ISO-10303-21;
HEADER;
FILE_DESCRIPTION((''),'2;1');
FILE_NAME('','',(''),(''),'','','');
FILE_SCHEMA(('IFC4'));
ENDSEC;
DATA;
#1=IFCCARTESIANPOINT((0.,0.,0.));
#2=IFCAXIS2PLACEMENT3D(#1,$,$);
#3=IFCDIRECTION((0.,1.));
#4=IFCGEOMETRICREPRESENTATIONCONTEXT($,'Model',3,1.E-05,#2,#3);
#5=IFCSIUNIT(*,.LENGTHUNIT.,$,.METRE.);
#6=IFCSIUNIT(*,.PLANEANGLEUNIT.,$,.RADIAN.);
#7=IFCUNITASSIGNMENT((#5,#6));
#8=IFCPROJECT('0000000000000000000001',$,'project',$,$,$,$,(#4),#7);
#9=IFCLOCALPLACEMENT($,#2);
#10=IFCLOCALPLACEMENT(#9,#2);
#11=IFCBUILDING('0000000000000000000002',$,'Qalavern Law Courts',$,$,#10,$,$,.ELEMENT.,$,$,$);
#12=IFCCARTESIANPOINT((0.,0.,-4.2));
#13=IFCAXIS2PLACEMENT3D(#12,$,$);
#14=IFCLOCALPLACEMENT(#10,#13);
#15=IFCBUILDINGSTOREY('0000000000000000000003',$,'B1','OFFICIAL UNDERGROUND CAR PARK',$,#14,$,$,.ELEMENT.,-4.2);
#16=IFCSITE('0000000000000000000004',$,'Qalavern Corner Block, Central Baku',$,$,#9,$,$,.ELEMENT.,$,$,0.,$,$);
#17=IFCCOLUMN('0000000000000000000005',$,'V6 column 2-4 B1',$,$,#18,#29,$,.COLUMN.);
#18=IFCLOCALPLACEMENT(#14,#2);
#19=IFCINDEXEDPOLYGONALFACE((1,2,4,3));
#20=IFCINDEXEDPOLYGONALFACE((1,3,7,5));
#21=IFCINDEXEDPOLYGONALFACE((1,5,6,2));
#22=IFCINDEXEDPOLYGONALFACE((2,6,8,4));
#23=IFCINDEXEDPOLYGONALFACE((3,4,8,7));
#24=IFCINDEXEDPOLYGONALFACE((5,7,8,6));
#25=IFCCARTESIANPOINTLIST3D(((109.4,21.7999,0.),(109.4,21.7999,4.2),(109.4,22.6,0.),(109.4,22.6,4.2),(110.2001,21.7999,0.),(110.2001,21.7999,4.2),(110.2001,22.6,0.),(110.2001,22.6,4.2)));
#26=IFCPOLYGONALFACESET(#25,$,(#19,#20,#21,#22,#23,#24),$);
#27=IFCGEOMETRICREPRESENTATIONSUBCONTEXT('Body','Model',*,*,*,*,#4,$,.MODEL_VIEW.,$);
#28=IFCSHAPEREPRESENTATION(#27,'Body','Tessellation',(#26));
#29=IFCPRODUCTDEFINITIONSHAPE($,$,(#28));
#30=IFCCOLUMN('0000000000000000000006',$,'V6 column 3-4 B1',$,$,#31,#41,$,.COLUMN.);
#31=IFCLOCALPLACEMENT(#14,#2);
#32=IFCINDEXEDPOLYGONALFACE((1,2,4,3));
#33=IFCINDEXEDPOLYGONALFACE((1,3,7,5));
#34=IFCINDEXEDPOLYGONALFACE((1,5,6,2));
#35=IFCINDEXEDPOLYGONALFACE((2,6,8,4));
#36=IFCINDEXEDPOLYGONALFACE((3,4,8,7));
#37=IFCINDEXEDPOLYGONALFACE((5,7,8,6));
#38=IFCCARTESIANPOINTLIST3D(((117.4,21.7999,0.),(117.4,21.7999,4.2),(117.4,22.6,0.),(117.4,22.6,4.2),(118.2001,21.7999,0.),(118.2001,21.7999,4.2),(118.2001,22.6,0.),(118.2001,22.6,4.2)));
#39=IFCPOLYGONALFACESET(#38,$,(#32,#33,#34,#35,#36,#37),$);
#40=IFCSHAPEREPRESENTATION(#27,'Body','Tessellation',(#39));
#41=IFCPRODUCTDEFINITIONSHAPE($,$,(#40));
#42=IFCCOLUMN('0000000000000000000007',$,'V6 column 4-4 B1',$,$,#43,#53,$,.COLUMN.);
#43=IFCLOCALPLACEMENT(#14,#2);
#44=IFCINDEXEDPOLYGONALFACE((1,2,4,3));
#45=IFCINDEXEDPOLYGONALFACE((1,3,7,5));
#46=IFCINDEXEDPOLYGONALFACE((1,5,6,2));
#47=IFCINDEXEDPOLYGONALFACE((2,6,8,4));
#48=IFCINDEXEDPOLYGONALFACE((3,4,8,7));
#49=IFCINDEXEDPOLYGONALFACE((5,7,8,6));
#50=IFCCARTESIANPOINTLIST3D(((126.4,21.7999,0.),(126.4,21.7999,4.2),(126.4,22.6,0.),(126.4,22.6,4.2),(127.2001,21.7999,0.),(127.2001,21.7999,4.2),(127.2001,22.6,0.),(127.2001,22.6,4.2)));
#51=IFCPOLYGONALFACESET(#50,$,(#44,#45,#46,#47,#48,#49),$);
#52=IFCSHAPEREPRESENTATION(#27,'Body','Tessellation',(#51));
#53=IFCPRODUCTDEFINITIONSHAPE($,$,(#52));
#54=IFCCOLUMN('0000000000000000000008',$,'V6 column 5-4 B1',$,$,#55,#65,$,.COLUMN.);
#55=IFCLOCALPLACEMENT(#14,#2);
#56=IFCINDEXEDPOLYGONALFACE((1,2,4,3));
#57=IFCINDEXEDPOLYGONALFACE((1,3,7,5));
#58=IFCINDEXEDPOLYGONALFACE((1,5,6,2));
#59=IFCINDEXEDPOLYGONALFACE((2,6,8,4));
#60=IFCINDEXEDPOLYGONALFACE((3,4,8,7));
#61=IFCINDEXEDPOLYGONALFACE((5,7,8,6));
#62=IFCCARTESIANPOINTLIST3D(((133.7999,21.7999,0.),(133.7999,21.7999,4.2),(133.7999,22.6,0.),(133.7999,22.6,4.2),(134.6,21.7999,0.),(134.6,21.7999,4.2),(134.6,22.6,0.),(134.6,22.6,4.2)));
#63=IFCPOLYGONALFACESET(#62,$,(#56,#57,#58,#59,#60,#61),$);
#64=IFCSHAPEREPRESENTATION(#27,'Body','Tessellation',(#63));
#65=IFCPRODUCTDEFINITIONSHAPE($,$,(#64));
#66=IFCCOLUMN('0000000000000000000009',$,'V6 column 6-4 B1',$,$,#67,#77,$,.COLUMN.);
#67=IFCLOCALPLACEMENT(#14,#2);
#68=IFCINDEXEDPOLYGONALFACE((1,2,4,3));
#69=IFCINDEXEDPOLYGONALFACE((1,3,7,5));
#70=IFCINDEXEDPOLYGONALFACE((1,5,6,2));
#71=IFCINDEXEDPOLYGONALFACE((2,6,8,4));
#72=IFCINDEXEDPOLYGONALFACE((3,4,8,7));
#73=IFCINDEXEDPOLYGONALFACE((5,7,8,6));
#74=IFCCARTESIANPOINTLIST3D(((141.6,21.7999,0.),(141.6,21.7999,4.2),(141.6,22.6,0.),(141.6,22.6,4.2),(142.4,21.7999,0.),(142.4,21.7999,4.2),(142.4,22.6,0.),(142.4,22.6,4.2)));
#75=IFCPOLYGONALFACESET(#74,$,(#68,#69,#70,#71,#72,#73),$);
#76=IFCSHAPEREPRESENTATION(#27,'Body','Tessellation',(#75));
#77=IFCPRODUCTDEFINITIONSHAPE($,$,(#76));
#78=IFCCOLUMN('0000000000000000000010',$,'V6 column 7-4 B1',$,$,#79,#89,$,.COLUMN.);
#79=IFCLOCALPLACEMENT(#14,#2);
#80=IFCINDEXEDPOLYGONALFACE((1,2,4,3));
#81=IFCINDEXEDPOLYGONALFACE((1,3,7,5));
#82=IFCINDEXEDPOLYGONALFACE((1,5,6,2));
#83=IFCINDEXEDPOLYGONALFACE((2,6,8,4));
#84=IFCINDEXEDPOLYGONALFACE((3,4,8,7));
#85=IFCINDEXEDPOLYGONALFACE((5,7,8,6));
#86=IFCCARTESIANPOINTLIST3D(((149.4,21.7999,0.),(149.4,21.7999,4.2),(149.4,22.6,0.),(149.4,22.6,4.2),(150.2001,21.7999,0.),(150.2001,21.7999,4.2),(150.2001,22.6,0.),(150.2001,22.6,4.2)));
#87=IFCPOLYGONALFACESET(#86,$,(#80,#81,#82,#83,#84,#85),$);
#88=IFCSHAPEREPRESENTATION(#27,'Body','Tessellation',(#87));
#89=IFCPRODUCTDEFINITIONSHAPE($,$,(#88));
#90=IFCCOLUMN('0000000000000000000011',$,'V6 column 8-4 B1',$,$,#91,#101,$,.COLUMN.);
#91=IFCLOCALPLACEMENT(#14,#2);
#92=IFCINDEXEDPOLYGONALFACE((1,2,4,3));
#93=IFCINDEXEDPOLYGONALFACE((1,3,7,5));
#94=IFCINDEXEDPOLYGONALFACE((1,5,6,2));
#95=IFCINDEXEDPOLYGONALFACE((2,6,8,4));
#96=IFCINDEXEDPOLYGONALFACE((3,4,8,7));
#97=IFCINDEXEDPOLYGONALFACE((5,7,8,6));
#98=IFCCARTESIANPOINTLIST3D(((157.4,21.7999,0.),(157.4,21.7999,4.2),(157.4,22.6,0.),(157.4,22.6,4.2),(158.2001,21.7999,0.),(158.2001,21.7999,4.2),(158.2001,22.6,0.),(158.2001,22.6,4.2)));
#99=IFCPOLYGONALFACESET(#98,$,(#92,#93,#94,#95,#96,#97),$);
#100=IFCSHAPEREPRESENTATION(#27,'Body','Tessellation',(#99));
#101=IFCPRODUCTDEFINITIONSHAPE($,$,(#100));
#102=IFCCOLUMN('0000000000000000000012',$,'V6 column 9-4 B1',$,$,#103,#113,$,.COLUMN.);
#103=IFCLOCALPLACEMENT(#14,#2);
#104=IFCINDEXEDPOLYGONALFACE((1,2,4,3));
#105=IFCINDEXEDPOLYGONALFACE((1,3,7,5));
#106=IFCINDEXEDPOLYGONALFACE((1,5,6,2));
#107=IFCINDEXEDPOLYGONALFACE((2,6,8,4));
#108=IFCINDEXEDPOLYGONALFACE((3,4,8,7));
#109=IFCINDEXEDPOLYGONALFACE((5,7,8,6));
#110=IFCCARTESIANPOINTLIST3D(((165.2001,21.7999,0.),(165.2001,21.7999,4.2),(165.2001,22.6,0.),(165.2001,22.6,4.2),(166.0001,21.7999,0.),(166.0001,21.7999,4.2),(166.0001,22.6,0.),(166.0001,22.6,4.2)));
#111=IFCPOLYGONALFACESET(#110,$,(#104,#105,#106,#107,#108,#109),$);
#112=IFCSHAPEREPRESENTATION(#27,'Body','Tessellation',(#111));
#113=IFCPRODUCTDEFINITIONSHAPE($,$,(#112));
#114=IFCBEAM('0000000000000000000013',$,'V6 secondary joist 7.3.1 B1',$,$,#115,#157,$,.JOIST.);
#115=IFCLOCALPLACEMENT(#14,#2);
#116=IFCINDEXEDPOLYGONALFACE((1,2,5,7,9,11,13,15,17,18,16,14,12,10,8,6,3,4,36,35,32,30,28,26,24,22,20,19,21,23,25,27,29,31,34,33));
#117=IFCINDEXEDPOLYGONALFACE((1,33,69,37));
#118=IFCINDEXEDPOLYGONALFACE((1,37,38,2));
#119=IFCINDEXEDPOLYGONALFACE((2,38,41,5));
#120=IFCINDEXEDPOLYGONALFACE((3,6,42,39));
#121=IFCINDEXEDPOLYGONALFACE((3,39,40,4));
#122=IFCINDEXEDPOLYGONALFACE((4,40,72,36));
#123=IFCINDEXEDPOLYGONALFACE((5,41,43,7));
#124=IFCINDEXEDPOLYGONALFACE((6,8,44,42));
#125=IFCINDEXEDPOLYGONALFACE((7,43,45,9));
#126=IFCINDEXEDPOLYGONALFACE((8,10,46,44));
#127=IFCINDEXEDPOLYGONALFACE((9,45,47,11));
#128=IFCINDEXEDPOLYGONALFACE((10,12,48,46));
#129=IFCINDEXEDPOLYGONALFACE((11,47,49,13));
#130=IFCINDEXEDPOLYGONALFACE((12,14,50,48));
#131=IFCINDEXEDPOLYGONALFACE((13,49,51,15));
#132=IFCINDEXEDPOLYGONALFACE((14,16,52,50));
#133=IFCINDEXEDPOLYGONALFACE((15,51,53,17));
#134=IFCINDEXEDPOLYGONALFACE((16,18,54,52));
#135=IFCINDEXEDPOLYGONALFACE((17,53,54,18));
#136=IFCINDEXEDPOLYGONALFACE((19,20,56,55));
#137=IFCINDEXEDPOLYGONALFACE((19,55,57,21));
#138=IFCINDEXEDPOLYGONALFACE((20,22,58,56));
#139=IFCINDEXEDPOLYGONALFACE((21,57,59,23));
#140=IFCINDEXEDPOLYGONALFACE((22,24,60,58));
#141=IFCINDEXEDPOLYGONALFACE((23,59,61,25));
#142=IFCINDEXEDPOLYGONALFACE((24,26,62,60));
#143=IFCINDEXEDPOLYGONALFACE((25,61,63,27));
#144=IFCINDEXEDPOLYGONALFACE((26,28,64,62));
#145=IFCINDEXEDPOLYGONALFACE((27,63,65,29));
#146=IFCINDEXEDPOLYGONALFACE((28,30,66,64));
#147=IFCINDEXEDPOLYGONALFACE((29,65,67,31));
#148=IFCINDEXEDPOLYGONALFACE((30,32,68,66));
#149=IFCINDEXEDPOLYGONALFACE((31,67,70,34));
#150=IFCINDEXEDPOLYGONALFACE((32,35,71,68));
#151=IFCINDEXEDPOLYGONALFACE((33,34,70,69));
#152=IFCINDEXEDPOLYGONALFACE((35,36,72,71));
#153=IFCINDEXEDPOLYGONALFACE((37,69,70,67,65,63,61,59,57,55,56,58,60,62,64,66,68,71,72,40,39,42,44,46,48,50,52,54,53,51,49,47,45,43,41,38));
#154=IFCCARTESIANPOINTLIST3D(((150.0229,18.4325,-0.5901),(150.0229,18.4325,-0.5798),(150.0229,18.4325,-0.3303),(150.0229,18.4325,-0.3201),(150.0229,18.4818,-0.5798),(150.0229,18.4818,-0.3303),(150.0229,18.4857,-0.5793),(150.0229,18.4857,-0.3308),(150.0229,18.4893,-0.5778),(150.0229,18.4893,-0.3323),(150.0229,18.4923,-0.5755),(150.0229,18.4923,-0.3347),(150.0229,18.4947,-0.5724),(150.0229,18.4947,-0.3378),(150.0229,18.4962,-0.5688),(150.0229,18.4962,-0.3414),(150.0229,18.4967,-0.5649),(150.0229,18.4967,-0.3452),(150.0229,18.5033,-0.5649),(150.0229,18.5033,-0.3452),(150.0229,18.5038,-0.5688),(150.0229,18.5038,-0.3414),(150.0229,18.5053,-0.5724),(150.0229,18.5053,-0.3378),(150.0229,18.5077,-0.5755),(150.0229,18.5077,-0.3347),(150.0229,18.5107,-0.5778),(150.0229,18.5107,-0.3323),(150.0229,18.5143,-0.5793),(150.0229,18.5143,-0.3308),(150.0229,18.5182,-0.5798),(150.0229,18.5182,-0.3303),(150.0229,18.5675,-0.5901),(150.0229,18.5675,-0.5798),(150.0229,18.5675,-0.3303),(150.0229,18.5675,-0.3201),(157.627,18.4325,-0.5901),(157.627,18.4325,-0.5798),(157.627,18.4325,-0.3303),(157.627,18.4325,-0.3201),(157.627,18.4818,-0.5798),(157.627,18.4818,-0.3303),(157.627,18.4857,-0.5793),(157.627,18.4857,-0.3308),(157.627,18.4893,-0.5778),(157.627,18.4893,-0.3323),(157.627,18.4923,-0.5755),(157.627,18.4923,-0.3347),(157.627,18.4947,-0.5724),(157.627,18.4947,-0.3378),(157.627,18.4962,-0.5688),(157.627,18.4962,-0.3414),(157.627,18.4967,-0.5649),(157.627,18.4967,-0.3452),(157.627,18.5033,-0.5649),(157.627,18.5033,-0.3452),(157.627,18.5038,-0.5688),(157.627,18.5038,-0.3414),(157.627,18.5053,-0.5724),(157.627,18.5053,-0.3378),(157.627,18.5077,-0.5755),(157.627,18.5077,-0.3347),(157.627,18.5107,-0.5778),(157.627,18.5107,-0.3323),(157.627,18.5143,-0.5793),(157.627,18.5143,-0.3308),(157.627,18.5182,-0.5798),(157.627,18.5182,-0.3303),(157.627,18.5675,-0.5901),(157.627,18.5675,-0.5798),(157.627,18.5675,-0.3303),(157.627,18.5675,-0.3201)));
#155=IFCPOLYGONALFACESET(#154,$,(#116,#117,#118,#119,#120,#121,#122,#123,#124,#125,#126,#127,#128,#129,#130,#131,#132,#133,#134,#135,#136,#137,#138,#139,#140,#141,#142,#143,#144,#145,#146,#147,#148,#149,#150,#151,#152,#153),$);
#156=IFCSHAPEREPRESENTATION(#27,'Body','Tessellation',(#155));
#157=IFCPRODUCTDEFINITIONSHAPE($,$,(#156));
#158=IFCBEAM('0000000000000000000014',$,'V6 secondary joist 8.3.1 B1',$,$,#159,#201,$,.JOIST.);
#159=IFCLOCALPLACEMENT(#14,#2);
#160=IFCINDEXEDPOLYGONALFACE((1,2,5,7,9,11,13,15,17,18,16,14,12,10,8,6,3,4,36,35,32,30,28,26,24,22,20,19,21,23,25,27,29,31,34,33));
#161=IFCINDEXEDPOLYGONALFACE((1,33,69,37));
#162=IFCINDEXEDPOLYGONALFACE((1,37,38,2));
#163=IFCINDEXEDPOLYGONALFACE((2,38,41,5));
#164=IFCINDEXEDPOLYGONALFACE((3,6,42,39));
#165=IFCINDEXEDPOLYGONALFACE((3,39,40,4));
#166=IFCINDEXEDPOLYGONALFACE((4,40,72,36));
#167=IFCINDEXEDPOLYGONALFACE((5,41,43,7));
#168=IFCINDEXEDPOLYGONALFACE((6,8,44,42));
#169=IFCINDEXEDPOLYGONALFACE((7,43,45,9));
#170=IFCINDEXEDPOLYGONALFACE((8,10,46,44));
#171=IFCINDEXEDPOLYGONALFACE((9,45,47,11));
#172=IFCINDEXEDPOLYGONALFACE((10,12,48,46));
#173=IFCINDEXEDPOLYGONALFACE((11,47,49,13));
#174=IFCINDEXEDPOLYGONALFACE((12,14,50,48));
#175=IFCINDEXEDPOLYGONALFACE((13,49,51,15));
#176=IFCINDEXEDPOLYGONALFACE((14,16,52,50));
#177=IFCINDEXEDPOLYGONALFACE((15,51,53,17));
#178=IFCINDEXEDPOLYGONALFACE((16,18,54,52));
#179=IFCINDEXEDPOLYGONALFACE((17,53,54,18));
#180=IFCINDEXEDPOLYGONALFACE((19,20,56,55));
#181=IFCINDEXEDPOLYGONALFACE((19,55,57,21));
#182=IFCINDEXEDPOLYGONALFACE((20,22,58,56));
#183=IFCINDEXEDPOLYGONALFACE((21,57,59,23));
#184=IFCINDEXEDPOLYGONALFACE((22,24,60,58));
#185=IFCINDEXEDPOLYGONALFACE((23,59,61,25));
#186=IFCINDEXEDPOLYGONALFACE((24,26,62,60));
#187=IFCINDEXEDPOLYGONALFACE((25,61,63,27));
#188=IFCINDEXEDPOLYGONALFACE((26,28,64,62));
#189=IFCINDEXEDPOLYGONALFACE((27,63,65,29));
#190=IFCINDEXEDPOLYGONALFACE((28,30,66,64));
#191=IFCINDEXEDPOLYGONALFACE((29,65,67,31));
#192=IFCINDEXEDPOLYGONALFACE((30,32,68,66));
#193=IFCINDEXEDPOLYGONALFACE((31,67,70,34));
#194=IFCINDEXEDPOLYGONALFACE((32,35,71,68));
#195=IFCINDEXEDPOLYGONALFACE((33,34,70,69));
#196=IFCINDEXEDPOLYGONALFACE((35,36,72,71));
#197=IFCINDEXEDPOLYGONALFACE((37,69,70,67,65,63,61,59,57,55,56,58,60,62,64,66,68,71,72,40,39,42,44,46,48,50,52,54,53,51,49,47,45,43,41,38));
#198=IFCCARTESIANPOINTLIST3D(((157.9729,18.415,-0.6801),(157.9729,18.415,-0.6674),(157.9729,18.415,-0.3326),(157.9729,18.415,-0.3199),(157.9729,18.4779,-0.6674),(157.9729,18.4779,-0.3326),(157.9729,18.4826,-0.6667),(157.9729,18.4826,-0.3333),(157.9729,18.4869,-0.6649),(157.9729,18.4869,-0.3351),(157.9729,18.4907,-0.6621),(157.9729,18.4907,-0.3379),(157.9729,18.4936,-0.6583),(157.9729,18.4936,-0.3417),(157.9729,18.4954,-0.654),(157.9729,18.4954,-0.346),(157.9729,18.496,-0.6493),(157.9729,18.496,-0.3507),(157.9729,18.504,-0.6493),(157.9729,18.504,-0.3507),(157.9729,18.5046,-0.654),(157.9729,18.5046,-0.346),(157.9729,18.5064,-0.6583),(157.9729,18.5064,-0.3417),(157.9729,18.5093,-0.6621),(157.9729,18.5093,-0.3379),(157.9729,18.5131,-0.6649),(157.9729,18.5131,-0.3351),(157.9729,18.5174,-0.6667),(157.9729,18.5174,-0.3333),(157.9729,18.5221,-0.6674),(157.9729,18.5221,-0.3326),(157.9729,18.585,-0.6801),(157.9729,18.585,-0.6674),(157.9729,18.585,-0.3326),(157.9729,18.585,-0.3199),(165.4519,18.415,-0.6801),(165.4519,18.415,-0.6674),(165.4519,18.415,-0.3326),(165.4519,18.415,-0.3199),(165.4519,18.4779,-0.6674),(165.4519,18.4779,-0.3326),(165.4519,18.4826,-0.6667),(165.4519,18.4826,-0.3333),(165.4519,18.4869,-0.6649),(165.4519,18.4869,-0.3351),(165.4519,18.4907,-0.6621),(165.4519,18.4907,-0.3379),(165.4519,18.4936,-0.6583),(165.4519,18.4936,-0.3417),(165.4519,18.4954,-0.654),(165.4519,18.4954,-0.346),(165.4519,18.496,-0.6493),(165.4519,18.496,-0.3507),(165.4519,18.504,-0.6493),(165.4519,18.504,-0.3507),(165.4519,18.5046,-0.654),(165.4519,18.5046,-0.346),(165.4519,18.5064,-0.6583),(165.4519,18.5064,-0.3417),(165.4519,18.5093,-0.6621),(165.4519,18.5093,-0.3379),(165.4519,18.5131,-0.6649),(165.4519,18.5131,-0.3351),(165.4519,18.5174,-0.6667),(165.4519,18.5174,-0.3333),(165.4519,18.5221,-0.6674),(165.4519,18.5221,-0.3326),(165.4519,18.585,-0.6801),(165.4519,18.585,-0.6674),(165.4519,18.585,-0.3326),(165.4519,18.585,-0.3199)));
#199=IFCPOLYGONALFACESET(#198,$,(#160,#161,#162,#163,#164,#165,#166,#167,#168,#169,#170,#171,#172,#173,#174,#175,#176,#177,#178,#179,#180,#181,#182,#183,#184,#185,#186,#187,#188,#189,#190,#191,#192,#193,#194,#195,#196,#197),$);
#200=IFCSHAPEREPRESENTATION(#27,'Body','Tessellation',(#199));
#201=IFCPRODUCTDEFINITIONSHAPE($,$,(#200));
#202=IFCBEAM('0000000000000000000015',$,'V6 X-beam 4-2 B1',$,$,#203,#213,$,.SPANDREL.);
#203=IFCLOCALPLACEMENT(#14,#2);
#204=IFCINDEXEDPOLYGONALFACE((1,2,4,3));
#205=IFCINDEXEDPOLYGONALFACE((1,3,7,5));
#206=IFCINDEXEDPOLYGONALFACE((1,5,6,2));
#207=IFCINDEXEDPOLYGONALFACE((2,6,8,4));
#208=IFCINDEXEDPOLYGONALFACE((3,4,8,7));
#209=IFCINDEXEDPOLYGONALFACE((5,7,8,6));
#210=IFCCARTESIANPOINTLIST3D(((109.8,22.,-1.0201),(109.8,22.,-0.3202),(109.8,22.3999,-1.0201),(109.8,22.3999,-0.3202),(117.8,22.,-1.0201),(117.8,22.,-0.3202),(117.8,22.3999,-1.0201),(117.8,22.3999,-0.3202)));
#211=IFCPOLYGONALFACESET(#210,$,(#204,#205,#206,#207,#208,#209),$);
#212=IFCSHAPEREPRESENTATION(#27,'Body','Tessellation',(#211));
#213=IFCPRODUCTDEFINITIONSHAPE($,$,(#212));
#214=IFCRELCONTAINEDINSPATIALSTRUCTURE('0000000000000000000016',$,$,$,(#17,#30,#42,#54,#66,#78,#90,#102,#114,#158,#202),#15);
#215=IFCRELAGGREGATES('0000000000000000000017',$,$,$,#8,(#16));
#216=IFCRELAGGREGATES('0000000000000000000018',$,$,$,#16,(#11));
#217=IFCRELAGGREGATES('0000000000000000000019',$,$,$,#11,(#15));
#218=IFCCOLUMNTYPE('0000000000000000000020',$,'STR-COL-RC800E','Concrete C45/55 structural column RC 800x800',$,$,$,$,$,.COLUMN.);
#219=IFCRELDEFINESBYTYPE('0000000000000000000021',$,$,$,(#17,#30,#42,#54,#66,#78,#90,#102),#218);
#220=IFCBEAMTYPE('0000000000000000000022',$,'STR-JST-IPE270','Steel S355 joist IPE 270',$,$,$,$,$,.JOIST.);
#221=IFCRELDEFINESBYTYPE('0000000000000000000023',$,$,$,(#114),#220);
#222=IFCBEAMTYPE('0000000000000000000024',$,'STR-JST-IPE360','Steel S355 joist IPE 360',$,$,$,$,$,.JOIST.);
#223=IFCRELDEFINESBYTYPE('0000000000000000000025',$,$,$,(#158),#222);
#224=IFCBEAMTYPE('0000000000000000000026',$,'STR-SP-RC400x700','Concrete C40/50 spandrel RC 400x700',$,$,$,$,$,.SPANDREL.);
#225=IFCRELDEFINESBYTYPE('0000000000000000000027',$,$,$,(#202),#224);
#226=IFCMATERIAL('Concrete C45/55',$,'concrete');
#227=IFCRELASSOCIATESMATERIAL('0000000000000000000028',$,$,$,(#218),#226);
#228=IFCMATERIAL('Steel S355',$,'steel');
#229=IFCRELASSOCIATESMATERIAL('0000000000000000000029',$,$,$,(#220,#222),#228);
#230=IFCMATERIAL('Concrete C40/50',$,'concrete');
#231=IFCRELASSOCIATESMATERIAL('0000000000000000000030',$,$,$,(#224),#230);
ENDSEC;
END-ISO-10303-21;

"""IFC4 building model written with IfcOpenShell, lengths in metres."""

from ifc_helpers import new_model, si_unit, direction, frame, origin, origin_2d, place, context, subcontext, project, spatial, rectangle, i_section, extrude, material, material_profile, profile_set, type_object, element, save


model = new_model("IFC4")

# Units and contexts
model_context = context("Model", 3, precision=1e-05, world=origin(), true_north=direction((0.0, 1.0)))
body_context = subcontext(model_context, "Body", "Model", "MODEL_VIEW")
ifc_project = project(units=[si_unit("LENGTHUNIT", "METRE"), si_unit("PLANEANGLEUNIT", "RADIAN")], contexts=[model_context])

# Site, building, storey
site_placement = place(None, origin())
site = spatial("IfcSite", under=ifc_project, at=site_placement, Name="Qalavern Corner Block, Central Baku", CompositionType="ELEMENT", RefElevation=0.0)
building_placement = place(site_placement, origin())
building = spatial("IfcBuilding", under=site, at=building_placement, Name="Qalavern Law Courts", CompositionType="ELEMENT")
storey_placement = place(building_placement, frame((0.0, 0.0, -4.2)))
storey = spatial("IfcBuildingStorey", under=building, at=storey_placement, Name="B1", Description="OFFICIAL UNDERGROUND CAR PARK", CompositionType="ELEMENT", Elevation=-4.2)

# Columns
ifc_material_1 = material(Name="Concrete C45/55", Category="concrete")
ifc_material_profile_1 = material_profile(ifc_material_1, rectangle(XDim=0.8, YDim=0.8, at=origin_2d()), Name="RC 800x800")
ifc_profile_set_1 = profile_set([ifc_material_profile_1], Name="Concrete C45/55")
column_type = type_object("IfcColumnType", Name="STR-COL-RC800E", Description="Concrete C45/55 structural column RC 800x800", PredefinedType="COLUMN", material=ifc_profile_set_1)
for number, where, z_axis, x_axis, name in (
    (1, (109.8, 22.2, 0.0), (0.0, 0.0, 1.0), (1.0, 0.0, 0.0), "V6 column 2-4 B1"),
    (2, (117.8, 22.2, 0.0), (0.0, 0.0, 1.0), (1.0, 0.0, 0.0), "V6 column 3-4 B1"),
    (3, (126.8, 22.2, 0.0), (0.0, 0.0, 1.0), (1.0, 0.0, 0.0), "V6 column 4-4 B1"),
    (4, (134.2, 22.2, 0.0), (0.0, 0.0, 1.0), (1.0, 0.0, 0.0), "V6 column 5-4 B1"),
    (5, (142.0, 22.2, 0.0), (0.0, 0.0, 1.0), (1.0, 0.0, 0.0), "V6 column 6-4 B1"),
    (6, (149.8, 22.2, 0.0), (0.0, 0.0, 1.0), (1.0, 0.0, 0.0), "V6 column 7-4 B1"),
    (7, (157.8, 22.2, 0.0), (0.0, 0.0, 1.0), (1.0, 0.0, 0.0), "V6 column 8-4 B1"),
    (8, (165.6001, 22.2, 0.0), (0.0, 0.0, 1.0), (1.0, 0.0, 0.0), "V6 column 9-4 B1"),
):
    element("IfcColumn", number, at=place(storey_placement, frame(where, z_axis=z_axis, x_axis=x_axis)), inside=storey, type_object=column_type, Name=name, PredefinedType="COLUMN", context=body_context, shape_type="SweptSolid", body=[
        extrude(rectangle(XDim=0.8, YDim=0.8, at=origin_2d()), origin(), (0.0, 0.0, 1.0), 4.2),
    ])

# Beams
ifc_material_2 = material(Name="Steel S355", Category="steel")
ifc_material_profile_2 = material_profile(ifc_material_2, i_section(OverallWidth=0.135, OverallDepth=0.27, WebThickness=0.0066, FlangeThickness=0.0103, FilletRadius=0.0149, at=origin_2d()), Name="IPE 270")
ifc_profile_set_2 = profile_set([ifc_material_profile_2], Name="Steel S355")
beam_type_1 = type_object("IfcBeamType", Name="STR-JST-IPE270", Description="Steel S355 joist IPE 270", PredefinedType="JOIST", material=ifc_profile_set_2)
beam_1_placement = place(storey_placement, frame((150.0229, 18.5, -0.4551), z_axis=(1.0, 0.0, 0.0), x_axis=(0.0, 1.0, 0.0)))
element("IfcBeam", 9, at=beam_1_placement, inside=storey, type_object=beam_type_1, Name="V6 secondary joist 7.3.1 B1", PredefinedType="JOIST", context=body_context, shape_type="SweptSolid", body=[
    extrude(i_section(OverallWidth=0.135, OverallDepth=0.27, WebThickness=0.0066, FlangeThickness=0.0103, FilletRadius=0.0149, at=origin_2d()), origin(), (0.0, 0.0, 1.0), 7.604),
])
ifc_material_profile_3 = material_profile(ifc_material_2, i_section(OverallWidth=0.1699, OverallDepth=0.3601, WebThickness=0.0081, FlangeThickness=0.0127, FilletRadius=0.0181, at=origin_2d()), Name="IPE 360")
ifc_profile_set_3 = profile_set([ifc_material_profile_3], Name="Steel S355")
beam_type_2 = type_object("IfcBeamType", Name="STR-JST-IPE360", Description="Steel S355 joist IPE 360", PredefinedType="JOIST", material=ifc_profile_set_3)
beam_2_placement = place(storey_placement, frame((157.9729, 18.5, -0.5), z_axis=(1.0, 0.0, 0.0), x_axis=(0.0, 1.0, 0.0)))
element("IfcBeam", 10, at=beam_2_placement, inside=storey, type_object=beam_type_2, Name="V6 secondary joist 8.3.1 B1", PredefinedType="JOIST", context=body_context, shape_type="SweptSolid", body=[
    extrude(i_section(OverallWidth=0.1699, OverallDepth=0.3601, WebThickness=0.0081, FlangeThickness=0.0127, FilletRadius=0.0181, at=origin_2d()), origin(), (0.0, 0.0, 1.0), 7.479),
])
ifc_material_3 = material(Name="Concrete C40/50", Category="concrete")
ifc_material_profile_4 = material_profile(ifc_material_3, rectangle(XDim=0.3999, YDim=0.7, at=origin_2d()), Name="RC 400x700")
ifc_profile_set_4 = profile_set([ifc_material_profile_4], Name="Concrete C40/50")
beam_type_3 = type_object("IfcBeamType", Name="STR-SP-RC400x700", Description="Concrete C40/50 spandrel RC 400x700", PredefinedType="SPANDREL", material=ifc_profile_set_4)
beam_3_placement = place(storey_placement, frame((109.8, 22.2, -0.6702), z_axis=(1.0, 0.0, 0.0), x_axis=(0.0, 1.0, 0.0)))
element("IfcBeam", 11, at=beam_3_placement, inside=storey, type_object=beam_type_3, Name="V6 X-beam 4-2 B1", PredefinedType="SPANDREL", context=body_context, shape_type="SweptSolid", body=[
    extrude(rectangle(XDim=0.3999, YDim=0.7, at=origin_2d()), origin(), (0.0, 0.0, 1.0), 8.0),
])

save(model, "model.ifc")
